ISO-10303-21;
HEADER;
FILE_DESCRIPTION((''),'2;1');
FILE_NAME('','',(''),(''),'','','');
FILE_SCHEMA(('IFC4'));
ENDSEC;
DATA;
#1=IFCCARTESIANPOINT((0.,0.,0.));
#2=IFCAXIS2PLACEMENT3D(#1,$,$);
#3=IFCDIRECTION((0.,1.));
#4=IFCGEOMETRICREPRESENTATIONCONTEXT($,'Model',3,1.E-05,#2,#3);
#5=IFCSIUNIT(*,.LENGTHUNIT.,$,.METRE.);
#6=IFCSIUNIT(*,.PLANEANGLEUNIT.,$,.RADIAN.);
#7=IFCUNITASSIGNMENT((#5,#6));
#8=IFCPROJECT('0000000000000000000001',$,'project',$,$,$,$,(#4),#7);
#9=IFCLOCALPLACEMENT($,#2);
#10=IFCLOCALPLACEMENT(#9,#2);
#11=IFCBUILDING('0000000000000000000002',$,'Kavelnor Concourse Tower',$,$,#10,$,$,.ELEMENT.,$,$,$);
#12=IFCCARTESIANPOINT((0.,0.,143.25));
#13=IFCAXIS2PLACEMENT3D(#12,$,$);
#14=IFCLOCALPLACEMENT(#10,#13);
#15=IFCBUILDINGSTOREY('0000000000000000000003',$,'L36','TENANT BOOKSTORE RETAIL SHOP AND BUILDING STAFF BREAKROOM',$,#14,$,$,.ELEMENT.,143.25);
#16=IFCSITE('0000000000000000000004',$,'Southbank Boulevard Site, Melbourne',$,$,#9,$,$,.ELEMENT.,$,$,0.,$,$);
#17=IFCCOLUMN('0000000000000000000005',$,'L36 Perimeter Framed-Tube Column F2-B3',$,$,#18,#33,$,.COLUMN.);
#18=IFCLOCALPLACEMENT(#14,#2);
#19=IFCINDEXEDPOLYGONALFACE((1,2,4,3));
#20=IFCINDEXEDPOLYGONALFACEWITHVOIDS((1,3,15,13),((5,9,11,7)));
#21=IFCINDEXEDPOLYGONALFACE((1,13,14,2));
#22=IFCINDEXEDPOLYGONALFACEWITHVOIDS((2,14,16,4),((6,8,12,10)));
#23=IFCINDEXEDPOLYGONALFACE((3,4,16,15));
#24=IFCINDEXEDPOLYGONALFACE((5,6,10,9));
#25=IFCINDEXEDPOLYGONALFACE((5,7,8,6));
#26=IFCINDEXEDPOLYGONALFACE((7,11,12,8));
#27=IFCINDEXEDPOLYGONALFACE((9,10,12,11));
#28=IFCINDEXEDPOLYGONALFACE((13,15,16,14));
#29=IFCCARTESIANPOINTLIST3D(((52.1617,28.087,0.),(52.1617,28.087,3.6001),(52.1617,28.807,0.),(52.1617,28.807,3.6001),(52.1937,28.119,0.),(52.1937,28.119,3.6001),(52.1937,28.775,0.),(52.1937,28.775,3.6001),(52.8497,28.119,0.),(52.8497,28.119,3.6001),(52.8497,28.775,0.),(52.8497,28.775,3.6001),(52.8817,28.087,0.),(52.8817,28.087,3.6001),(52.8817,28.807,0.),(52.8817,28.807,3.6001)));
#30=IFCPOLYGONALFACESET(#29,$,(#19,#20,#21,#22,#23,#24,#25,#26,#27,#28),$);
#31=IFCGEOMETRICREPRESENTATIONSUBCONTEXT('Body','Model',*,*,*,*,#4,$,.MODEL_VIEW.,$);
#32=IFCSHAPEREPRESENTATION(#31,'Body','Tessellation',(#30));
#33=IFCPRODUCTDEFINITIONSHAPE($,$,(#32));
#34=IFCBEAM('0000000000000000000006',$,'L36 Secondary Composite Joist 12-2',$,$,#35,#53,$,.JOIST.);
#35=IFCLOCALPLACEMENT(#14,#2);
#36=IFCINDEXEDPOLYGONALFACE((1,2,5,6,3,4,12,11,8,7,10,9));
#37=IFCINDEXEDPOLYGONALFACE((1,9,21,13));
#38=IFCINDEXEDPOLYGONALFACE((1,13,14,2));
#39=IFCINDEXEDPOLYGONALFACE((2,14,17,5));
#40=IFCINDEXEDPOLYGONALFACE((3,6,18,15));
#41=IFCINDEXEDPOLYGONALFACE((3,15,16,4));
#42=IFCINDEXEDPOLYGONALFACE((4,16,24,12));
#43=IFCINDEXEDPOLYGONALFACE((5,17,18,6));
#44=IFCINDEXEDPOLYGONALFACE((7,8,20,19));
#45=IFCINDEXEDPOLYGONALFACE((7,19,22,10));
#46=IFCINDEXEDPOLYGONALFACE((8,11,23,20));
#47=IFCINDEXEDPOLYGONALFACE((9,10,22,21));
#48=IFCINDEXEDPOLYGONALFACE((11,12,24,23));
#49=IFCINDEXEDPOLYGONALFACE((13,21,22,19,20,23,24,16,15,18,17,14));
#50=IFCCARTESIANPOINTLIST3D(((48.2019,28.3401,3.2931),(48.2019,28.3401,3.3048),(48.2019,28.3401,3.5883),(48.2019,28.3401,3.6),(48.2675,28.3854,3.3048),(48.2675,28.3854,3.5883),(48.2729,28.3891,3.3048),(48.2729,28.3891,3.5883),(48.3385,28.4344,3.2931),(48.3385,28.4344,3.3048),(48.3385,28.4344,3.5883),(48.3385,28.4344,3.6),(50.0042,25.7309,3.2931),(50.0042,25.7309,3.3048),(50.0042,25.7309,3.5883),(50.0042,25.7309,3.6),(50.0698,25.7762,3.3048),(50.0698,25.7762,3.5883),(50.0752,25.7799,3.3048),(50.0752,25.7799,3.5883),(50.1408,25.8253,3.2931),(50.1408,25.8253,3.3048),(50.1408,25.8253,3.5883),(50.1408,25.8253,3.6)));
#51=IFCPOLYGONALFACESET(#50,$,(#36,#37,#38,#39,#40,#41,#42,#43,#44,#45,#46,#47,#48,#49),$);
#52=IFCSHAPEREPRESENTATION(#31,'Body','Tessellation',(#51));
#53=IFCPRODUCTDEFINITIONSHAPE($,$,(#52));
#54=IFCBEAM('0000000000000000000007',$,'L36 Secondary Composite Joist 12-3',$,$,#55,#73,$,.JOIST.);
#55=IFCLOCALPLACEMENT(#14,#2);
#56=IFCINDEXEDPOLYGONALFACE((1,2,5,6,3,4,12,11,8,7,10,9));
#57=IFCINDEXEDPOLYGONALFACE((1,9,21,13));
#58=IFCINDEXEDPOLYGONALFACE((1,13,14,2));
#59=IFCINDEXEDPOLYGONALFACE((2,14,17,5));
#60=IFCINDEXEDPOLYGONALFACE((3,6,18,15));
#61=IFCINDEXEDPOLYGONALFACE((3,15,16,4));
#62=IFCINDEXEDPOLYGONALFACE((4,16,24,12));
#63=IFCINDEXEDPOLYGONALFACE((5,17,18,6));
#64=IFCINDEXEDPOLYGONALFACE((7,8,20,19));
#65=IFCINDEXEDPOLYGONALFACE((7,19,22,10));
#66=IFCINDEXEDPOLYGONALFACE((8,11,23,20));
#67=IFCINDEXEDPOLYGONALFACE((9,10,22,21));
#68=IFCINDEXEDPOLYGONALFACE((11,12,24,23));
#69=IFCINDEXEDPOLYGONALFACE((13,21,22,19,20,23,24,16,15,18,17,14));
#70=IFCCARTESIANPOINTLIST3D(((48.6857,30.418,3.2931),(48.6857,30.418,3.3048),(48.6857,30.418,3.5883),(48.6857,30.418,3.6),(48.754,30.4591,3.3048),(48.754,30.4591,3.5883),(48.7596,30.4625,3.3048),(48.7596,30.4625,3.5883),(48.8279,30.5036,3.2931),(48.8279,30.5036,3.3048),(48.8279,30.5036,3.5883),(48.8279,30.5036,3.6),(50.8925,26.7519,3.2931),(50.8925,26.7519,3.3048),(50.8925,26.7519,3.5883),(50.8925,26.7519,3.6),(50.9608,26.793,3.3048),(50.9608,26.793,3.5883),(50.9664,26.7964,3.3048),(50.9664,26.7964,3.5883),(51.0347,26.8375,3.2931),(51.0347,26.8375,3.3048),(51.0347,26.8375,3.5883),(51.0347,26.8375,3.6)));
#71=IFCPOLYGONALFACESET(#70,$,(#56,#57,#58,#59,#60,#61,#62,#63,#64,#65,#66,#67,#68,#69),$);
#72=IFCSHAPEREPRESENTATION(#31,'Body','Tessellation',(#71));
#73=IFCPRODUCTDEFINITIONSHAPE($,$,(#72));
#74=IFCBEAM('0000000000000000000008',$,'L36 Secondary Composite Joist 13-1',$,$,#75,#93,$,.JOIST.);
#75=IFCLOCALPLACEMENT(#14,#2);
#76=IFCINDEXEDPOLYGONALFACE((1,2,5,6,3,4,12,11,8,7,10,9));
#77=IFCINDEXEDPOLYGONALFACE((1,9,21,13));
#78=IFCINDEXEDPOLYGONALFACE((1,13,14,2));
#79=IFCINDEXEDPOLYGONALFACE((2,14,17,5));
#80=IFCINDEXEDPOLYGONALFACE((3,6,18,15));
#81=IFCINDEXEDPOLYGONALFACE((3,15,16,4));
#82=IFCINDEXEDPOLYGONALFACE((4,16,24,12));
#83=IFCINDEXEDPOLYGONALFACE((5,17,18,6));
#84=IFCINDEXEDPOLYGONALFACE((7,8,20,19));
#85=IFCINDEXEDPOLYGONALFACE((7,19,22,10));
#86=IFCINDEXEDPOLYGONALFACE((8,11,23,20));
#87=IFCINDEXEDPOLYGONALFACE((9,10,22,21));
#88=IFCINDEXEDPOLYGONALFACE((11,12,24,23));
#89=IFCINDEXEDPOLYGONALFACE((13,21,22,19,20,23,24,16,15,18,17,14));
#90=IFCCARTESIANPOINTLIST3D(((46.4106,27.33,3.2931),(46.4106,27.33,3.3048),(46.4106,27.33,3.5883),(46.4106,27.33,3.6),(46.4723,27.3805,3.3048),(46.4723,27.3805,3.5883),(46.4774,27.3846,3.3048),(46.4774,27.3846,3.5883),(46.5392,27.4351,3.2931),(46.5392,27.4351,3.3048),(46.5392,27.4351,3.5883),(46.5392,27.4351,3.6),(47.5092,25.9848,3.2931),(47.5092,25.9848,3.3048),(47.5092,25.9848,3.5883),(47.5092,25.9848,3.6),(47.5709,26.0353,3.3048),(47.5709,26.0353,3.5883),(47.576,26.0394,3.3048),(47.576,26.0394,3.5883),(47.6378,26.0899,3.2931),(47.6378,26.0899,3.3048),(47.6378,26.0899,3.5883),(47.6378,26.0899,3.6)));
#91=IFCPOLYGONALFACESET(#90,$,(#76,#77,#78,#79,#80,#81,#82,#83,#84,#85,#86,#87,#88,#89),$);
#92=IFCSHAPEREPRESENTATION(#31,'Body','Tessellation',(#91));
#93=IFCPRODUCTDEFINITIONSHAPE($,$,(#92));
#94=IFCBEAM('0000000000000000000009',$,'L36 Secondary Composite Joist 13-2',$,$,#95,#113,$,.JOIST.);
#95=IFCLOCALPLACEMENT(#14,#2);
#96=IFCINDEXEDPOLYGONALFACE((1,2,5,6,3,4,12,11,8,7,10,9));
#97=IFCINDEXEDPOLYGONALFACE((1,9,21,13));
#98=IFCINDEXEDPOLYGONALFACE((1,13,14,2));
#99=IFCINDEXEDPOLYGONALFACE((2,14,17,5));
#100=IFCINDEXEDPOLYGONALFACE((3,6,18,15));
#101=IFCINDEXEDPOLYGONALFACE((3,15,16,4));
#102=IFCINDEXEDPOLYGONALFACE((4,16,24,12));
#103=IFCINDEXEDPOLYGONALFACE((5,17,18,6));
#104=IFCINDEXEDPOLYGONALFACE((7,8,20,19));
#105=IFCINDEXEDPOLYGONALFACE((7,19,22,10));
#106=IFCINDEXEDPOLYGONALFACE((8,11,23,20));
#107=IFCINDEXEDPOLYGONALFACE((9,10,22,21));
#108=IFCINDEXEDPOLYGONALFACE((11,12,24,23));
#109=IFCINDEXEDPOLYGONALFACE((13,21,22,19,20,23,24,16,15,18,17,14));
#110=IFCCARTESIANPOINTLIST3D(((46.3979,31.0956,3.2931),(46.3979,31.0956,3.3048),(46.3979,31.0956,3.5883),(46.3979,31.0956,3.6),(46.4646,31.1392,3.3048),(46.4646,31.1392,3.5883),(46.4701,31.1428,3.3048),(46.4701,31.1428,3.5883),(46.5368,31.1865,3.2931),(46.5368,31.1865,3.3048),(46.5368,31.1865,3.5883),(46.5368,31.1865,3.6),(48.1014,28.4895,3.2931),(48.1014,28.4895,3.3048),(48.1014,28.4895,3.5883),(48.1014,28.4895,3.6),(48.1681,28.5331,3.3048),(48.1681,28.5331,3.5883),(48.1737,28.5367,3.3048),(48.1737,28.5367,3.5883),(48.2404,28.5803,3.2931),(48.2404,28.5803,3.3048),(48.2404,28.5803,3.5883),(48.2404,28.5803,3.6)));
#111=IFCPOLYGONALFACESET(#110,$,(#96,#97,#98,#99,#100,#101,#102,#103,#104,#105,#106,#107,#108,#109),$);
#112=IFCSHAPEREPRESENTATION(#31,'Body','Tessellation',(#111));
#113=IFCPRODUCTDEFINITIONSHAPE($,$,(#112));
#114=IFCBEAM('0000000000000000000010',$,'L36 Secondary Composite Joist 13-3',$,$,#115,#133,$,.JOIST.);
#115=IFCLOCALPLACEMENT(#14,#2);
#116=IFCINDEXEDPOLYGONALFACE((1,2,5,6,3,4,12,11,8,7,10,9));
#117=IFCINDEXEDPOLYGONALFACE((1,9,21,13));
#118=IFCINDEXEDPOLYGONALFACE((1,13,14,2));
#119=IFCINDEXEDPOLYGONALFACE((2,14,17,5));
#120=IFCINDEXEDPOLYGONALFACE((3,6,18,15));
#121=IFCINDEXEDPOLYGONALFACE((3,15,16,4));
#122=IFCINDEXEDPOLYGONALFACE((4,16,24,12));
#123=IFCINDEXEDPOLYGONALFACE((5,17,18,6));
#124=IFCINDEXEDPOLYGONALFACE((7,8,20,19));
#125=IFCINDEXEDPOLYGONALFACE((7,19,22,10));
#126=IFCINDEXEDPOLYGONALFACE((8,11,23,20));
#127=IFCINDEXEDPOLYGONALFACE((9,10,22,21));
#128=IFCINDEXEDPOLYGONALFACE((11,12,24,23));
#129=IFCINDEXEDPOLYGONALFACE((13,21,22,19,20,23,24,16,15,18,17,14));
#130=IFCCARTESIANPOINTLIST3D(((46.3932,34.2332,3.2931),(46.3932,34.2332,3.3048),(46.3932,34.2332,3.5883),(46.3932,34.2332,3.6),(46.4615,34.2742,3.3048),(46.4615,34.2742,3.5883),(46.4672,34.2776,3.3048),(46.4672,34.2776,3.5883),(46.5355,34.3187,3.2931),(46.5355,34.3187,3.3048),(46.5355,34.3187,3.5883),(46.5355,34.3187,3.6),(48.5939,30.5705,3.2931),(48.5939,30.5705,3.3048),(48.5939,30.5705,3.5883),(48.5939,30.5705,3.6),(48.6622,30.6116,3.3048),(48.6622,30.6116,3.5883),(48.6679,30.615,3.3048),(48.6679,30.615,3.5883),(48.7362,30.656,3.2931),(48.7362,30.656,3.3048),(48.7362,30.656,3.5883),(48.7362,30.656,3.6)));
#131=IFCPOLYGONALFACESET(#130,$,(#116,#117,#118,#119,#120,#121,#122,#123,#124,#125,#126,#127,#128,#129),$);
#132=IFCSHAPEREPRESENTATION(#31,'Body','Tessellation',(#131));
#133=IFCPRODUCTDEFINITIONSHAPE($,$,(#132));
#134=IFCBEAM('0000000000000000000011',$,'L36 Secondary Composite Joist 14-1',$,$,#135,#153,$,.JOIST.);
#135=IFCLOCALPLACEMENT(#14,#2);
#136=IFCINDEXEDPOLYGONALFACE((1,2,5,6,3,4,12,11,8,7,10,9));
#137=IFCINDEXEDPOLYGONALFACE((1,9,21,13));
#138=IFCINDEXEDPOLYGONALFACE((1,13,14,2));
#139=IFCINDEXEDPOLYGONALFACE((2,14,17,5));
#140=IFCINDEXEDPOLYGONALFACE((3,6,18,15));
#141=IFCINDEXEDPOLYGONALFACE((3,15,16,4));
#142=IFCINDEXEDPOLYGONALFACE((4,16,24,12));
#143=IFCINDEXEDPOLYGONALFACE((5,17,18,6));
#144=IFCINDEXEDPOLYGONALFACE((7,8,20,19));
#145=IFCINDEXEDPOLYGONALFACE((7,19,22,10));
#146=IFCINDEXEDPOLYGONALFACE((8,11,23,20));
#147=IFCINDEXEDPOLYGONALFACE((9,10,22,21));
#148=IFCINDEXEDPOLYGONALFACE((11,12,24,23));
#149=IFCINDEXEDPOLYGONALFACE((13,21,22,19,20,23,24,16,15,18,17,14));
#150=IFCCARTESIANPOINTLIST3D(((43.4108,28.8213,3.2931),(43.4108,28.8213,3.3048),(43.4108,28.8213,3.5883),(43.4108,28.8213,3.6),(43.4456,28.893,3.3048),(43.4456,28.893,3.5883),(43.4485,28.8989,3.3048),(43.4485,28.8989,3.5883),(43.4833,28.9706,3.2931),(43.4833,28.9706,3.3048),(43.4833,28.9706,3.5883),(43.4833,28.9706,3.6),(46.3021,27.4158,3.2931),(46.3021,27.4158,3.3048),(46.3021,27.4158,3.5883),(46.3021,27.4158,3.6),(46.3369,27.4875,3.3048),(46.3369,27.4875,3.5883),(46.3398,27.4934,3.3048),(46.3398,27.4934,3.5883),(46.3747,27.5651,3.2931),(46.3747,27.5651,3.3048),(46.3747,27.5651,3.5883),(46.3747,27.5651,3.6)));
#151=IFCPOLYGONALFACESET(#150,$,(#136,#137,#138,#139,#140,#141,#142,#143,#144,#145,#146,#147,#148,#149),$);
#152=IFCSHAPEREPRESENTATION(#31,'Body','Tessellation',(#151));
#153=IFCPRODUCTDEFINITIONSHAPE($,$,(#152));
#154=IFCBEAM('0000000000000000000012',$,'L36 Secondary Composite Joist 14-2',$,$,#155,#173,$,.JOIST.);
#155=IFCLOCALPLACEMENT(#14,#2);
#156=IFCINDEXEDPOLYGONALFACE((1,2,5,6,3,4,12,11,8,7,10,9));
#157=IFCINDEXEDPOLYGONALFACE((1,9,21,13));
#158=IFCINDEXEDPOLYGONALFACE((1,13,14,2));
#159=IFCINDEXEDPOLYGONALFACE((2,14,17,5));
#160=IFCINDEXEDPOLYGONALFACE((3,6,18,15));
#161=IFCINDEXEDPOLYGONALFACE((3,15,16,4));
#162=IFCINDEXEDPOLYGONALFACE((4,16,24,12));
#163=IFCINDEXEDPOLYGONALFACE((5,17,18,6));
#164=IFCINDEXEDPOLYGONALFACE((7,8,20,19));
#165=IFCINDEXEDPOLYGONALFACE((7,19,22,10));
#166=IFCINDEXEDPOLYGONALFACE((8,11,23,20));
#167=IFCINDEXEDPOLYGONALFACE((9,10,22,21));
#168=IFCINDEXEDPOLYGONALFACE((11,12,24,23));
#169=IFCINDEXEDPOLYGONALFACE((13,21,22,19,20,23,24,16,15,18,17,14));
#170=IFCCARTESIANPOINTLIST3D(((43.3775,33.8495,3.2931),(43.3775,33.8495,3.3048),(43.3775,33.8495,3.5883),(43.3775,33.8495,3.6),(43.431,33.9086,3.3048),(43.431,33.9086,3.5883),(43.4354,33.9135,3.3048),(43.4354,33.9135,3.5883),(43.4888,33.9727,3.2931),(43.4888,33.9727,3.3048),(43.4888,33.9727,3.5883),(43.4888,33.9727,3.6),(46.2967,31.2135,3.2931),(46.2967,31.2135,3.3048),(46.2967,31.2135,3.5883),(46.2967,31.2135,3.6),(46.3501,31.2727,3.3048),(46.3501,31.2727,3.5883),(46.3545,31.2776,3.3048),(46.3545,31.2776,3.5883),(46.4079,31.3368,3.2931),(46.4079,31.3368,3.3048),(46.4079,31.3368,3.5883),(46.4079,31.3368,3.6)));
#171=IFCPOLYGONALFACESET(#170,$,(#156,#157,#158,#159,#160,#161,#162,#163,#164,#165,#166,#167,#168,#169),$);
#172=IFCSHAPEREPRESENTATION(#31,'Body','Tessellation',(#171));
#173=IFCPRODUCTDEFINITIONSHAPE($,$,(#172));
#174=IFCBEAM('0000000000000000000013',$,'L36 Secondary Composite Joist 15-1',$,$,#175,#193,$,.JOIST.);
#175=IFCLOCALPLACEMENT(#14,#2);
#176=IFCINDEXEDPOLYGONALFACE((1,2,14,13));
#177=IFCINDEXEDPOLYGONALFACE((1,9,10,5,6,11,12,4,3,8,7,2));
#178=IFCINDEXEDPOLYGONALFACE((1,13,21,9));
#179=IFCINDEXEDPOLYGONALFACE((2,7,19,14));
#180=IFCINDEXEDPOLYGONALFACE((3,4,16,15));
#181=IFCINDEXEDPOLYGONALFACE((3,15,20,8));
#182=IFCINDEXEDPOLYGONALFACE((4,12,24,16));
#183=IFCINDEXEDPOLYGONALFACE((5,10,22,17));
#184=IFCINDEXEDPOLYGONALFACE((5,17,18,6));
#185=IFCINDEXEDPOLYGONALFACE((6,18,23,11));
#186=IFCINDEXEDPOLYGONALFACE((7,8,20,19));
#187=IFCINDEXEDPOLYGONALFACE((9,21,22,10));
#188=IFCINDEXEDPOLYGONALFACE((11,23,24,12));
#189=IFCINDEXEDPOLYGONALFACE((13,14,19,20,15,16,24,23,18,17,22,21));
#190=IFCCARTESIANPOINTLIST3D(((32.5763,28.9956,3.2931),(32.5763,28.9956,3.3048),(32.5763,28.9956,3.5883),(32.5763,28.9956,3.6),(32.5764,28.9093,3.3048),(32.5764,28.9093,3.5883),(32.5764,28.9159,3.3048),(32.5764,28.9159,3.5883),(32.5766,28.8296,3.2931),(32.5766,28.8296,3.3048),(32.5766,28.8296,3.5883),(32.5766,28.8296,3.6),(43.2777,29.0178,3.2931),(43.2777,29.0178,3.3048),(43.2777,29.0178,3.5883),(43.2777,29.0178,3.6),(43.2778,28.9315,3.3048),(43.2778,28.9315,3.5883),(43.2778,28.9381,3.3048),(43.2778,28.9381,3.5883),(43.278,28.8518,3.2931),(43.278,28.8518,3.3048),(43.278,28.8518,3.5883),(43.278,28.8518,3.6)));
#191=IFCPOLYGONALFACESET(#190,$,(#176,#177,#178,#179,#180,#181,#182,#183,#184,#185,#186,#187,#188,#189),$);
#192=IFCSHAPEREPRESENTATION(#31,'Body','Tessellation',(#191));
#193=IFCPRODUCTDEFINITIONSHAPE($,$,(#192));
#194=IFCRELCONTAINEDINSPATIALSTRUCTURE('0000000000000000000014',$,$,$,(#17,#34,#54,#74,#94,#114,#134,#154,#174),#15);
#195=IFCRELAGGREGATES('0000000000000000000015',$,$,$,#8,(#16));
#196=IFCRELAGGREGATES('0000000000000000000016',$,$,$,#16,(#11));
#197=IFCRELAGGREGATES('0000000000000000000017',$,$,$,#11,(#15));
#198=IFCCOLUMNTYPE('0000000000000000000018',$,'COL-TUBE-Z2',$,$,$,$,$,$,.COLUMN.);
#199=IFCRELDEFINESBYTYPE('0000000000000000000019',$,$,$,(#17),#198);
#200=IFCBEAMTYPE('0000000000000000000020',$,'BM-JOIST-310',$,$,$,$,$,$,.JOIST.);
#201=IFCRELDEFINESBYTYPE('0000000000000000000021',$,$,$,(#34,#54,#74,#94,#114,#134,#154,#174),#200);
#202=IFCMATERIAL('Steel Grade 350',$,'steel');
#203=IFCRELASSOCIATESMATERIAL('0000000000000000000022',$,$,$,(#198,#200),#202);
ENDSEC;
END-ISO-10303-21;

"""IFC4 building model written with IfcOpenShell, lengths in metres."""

from ifc_helpers import new_model, si_unit, direction, frame, origin, origin_2d, place, context, subcontext, project, spatial, hollow_rectangle, i_section, extrude, material, material_profile, profile_set, type_object, element, save


model = new_model("IFC4")

# Units and contexts
model_context = context("Model", 3, precision=1e-05, world=origin(), true_north=direction((0.0, 1.0)))
body_context = subcontext(model_context, "Body", "Model", "MODEL_VIEW")
ifc_project = project(units=[si_unit("LENGTHUNIT", "METRE"), si_unit("PLANEANGLEUNIT", "RADIAN")], contexts=[model_context])

# Site, building, storey
site_placement = place(None, origin())
site = spatial("IfcSite", under=ifc_project, at=site_placement, Name="Southbank Boulevard Site, Melbourne", CompositionType="ELEMENT", RefElevation=0.0)
building_placement = place(site_placement, origin())
building = spatial("IfcBuilding", under=site, at=building_placement, Name="Kavelnor Concourse Tower", CompositionType="ELEMENT")
storey_placement = place(building_placement, frame((0.0, 0.0, 143.25)))
storey = spatial("IfcBuildingStorey", under=building, at=storey_placement, Name="L36", Description="TENANT BOOKSTORE RETAIL SHOP AND BUILDING STAFF BREAKROOM", CompositionType="ELEMENT", Elevation=143.25)

# Column
ifc_material_1 = material(Name="Steel Grade 350", Category="steel")
ifc_material_profile_1 = material_profile(ifc_material_1, hollow_rectangle(XDim=0.72, YDim=0.72, WallThickness=0.032, at=origin_2d()), Name="SHS 720x720x32")
ifc_profile_set_1 = profile_set([ifc_material_profile_1], Name="Steel Grade 350")
column_type = type_object("IfcColumnType", Name="COL-TUBE-Z2", PredefinedType="COLUMN", material=ifc_profile_set_1)
column_placement = place(storey_placement, frame((52.5217, 28.447, 0.0), z_axis=(0.0, 0.0, 1.0), x_axis=(1.0, 0.0, 0.0)))
element("IfcColumn", 1, at=column_placement, inside=storey, type_object=column_type, Name="L36 Perimeter Framed-Tube Column F2-B3", PredefinedType="COLUMN", context=body_context, shape_type="SweptSolid", body=[
    extrude(hollow_rectangle(XDim=0.72, YDim=0.72, WallThickness=0.032, at=origin_2d()), origin(), (0.0, 0.0, 1.0), 3.6001),
])

# Beams
ifc_material_profile_2 = material_profile(ifc_material_1, i_section(OverallWidth=0.166, OverallDepth=0.3069, WebThickness=0.0066, FlangeThickness=0.0117, at=origin_2d()), Name="310UB46")
ifc_profile_set_2 = profile_set([ifc_material_profile_2], Name="Steel Grade 350")
beam_type_1 = type_object("IfcBeamType", Name="BM-JOIST-310", PredefinedType="JOIST", material=ifc_profile_set_2)
beam_1_placement = place(storey_placement, frame((50.0725, 25.7781, 3.4465), z_axis=(-0.568341, 0.822793, 0.0), x_axis=(-0.822793, -0.568341, 0.0)))
element("IfcBeam", 2, at=beam_1_placement, inside=storey, type_object=beam_type_1, Name="L36 Secondary Composite Joist 12-2", PredefinedType="JOIST", context=body_context, shape_type="SweptSolid", body=[
    extrude(i_section(OverallWidth=0.166, OverallDepth=0.3069, WebThickness=0.0066, FlangeThickness=0.0117, at=origin_2d()), origin(), (0.0, 0.0, 1.0), 3.1711),
])
beam_2_placement = place(storey_placement, frame((50.9636, 26.7947, 3.4465), z_axis=(-0.515729, 0.856752, 0.0), x_axis=(-0.856752, -0.515729, 0.0)))
element("IfcBeam", 3, at=beam_2_placement, inside=storey, type_object=beam_type_1, Name="L36 Secondary Composite Joist 12-3", PredefinedType="JOIST", context=body_context, shape_type="SweptSolid", body=[
    extrude(i_section(OverallWidth=0.166, OverallDepth=0.3069, WebThickness=0.0066, FlangeThickness=0.0117, at=origin_2d()), origin(), (0.0, 0.0, 1.0), 4.2791),
])
beam_3_placement = place(storey_placement, frame((47.5735, 26.0374, 3.4465), z_axis=(-0.632549, 0.774521, 0.0), x_axis=(-0.774521, -0.632549, 0.0)))
element("IfcBeam", 4, at=beam_3_placement, inside=storey, type_object=beam_type_1, Name="L36 Secondary Composite Joist 13-1", PredefinedType="JOIST", context=body_context, shape_type="SweptSolid", body=[
    extrude(i_section(OverallWidth=0.166, OverallDepth=0.3069, WebThickness=0.0066, FlangeThickness=0.0117, at=origin_2d()), origin(), (0.0, 0.0, 1.0), 1.7368),
])
beam_4_placement = place(storey_placement, frame((48.1709, 28.5349, 3.4465), z_axis=(-0.54715, 0.837035, 0.0), x_axis=(-0.837035, -0.54715, 0.0)))
element("IfcBeam", 5, at=beam_4_placement, inside=storey, type_object=beam_type_1, Name="L36 Secondary Composite Joist 13-2", PredefinedType="JOIST", context=body_context, shape_type="SweptSolid", body=[
    extrude(i_section(OverallWidth=0.166, OverallDepth=0.3069, WebThickness=0.0066, FlangeThickness=0.0117, at=origin_2d()), origin(), (0.0, 0.0, 1.0), 3.1135),
])
beam_5_placement = place(storey_placement, frame((48.665, 30.6133, 3.4465), z_axis=(-0.515033, 0.85717, 0.0), x_axis=(-0.85717, -0.515033, 0.0)))
element("IfcBeam", 6, at=beam_5_placement, inside=storey, type_object=beam_type_1, Name="L36 Secondary Composite Joist 13-3", PredefinedType="JOIST", context=body_context, shape_type="SweptSolid", body=[
    extrude(i_section(OverallWidth=0.166, OverallDepth=0.3069, WebThickness=0.0066, FlangeThickness=0.0117, at=origin_2d()), origin(), (0.0, 0.0, 1.0), 4.2729),
])
beam_6_placement = place(storey_placement, frame((46.3384, 27.4905, 3.4465), z_axis=(-0.899368, 0.437192, 0.0), x_axis=(-0.437192, -0.899368, 0.0)))
element("IfcBeam", 7, at=beam_6_placement, inside=storey, type_object=beam_type_1, Name="L36 Secondary Composite Joist 14-1", PredefinedType="JOIST", context=body_context, shape_type="SweptSolid", body=[
    extrude(i_section(OverallWidth=0.166, OverallDepth=0.3069, WebThickness=0.0066, FlangeThickness=0.0117, at=origin_2d()), origin(), (0.0, 0.0, 1.0), 3.2148),
])
beam_7_placement = place(storey_placement, frame((46.3523, 31.2751, 3.4465), z_axis=(-0.742191, 0.670188, 0.0), x_axis=(-0.670188, -0.742191, 0.0)))
element("IfcBeam", 8, at=beam_7_placement, inside=storey, type_object=beam_type_1, Name="L36 Secondary Composite Joist 14-2", PredefinedType="JOIST", context=body_context, shape_type="SweptSolid", body=[
    extrude(i_section(OverallWidth=0.166, OverallDepth=0.3069, WebThickness=0.0066, FlangeThickness=0.0117, at=origin_2d()), origin(), (0.0, 0.0, 1.0), 3.9331),
])
beam_8_placement = place(storey_placement, frame((43.2778, 28.9348, 3.4465), z_axis=(-0.999998, -0.002076, 0.0), x_axis=(0.002076, -0.999998, 0.0)))
element("IfcBeam", 9, at=beam_8_placement, inside=storey, type_object=beam_type_1, Name="L36 Secondary Composite Joist 15-1", PredefinedType="JOIST", context=body_context, shape_type="SweptSolid", body=[
    extrude(i_section(OverallWidth=0.166, OverallDepth=0.3069, WebThickness=0.0066, FlangeThickness=0.0117, at=origin_2d()), origin(), (0.0, 0.0, 1.0), 10.7014),
])

save(model, "model.ifc")
